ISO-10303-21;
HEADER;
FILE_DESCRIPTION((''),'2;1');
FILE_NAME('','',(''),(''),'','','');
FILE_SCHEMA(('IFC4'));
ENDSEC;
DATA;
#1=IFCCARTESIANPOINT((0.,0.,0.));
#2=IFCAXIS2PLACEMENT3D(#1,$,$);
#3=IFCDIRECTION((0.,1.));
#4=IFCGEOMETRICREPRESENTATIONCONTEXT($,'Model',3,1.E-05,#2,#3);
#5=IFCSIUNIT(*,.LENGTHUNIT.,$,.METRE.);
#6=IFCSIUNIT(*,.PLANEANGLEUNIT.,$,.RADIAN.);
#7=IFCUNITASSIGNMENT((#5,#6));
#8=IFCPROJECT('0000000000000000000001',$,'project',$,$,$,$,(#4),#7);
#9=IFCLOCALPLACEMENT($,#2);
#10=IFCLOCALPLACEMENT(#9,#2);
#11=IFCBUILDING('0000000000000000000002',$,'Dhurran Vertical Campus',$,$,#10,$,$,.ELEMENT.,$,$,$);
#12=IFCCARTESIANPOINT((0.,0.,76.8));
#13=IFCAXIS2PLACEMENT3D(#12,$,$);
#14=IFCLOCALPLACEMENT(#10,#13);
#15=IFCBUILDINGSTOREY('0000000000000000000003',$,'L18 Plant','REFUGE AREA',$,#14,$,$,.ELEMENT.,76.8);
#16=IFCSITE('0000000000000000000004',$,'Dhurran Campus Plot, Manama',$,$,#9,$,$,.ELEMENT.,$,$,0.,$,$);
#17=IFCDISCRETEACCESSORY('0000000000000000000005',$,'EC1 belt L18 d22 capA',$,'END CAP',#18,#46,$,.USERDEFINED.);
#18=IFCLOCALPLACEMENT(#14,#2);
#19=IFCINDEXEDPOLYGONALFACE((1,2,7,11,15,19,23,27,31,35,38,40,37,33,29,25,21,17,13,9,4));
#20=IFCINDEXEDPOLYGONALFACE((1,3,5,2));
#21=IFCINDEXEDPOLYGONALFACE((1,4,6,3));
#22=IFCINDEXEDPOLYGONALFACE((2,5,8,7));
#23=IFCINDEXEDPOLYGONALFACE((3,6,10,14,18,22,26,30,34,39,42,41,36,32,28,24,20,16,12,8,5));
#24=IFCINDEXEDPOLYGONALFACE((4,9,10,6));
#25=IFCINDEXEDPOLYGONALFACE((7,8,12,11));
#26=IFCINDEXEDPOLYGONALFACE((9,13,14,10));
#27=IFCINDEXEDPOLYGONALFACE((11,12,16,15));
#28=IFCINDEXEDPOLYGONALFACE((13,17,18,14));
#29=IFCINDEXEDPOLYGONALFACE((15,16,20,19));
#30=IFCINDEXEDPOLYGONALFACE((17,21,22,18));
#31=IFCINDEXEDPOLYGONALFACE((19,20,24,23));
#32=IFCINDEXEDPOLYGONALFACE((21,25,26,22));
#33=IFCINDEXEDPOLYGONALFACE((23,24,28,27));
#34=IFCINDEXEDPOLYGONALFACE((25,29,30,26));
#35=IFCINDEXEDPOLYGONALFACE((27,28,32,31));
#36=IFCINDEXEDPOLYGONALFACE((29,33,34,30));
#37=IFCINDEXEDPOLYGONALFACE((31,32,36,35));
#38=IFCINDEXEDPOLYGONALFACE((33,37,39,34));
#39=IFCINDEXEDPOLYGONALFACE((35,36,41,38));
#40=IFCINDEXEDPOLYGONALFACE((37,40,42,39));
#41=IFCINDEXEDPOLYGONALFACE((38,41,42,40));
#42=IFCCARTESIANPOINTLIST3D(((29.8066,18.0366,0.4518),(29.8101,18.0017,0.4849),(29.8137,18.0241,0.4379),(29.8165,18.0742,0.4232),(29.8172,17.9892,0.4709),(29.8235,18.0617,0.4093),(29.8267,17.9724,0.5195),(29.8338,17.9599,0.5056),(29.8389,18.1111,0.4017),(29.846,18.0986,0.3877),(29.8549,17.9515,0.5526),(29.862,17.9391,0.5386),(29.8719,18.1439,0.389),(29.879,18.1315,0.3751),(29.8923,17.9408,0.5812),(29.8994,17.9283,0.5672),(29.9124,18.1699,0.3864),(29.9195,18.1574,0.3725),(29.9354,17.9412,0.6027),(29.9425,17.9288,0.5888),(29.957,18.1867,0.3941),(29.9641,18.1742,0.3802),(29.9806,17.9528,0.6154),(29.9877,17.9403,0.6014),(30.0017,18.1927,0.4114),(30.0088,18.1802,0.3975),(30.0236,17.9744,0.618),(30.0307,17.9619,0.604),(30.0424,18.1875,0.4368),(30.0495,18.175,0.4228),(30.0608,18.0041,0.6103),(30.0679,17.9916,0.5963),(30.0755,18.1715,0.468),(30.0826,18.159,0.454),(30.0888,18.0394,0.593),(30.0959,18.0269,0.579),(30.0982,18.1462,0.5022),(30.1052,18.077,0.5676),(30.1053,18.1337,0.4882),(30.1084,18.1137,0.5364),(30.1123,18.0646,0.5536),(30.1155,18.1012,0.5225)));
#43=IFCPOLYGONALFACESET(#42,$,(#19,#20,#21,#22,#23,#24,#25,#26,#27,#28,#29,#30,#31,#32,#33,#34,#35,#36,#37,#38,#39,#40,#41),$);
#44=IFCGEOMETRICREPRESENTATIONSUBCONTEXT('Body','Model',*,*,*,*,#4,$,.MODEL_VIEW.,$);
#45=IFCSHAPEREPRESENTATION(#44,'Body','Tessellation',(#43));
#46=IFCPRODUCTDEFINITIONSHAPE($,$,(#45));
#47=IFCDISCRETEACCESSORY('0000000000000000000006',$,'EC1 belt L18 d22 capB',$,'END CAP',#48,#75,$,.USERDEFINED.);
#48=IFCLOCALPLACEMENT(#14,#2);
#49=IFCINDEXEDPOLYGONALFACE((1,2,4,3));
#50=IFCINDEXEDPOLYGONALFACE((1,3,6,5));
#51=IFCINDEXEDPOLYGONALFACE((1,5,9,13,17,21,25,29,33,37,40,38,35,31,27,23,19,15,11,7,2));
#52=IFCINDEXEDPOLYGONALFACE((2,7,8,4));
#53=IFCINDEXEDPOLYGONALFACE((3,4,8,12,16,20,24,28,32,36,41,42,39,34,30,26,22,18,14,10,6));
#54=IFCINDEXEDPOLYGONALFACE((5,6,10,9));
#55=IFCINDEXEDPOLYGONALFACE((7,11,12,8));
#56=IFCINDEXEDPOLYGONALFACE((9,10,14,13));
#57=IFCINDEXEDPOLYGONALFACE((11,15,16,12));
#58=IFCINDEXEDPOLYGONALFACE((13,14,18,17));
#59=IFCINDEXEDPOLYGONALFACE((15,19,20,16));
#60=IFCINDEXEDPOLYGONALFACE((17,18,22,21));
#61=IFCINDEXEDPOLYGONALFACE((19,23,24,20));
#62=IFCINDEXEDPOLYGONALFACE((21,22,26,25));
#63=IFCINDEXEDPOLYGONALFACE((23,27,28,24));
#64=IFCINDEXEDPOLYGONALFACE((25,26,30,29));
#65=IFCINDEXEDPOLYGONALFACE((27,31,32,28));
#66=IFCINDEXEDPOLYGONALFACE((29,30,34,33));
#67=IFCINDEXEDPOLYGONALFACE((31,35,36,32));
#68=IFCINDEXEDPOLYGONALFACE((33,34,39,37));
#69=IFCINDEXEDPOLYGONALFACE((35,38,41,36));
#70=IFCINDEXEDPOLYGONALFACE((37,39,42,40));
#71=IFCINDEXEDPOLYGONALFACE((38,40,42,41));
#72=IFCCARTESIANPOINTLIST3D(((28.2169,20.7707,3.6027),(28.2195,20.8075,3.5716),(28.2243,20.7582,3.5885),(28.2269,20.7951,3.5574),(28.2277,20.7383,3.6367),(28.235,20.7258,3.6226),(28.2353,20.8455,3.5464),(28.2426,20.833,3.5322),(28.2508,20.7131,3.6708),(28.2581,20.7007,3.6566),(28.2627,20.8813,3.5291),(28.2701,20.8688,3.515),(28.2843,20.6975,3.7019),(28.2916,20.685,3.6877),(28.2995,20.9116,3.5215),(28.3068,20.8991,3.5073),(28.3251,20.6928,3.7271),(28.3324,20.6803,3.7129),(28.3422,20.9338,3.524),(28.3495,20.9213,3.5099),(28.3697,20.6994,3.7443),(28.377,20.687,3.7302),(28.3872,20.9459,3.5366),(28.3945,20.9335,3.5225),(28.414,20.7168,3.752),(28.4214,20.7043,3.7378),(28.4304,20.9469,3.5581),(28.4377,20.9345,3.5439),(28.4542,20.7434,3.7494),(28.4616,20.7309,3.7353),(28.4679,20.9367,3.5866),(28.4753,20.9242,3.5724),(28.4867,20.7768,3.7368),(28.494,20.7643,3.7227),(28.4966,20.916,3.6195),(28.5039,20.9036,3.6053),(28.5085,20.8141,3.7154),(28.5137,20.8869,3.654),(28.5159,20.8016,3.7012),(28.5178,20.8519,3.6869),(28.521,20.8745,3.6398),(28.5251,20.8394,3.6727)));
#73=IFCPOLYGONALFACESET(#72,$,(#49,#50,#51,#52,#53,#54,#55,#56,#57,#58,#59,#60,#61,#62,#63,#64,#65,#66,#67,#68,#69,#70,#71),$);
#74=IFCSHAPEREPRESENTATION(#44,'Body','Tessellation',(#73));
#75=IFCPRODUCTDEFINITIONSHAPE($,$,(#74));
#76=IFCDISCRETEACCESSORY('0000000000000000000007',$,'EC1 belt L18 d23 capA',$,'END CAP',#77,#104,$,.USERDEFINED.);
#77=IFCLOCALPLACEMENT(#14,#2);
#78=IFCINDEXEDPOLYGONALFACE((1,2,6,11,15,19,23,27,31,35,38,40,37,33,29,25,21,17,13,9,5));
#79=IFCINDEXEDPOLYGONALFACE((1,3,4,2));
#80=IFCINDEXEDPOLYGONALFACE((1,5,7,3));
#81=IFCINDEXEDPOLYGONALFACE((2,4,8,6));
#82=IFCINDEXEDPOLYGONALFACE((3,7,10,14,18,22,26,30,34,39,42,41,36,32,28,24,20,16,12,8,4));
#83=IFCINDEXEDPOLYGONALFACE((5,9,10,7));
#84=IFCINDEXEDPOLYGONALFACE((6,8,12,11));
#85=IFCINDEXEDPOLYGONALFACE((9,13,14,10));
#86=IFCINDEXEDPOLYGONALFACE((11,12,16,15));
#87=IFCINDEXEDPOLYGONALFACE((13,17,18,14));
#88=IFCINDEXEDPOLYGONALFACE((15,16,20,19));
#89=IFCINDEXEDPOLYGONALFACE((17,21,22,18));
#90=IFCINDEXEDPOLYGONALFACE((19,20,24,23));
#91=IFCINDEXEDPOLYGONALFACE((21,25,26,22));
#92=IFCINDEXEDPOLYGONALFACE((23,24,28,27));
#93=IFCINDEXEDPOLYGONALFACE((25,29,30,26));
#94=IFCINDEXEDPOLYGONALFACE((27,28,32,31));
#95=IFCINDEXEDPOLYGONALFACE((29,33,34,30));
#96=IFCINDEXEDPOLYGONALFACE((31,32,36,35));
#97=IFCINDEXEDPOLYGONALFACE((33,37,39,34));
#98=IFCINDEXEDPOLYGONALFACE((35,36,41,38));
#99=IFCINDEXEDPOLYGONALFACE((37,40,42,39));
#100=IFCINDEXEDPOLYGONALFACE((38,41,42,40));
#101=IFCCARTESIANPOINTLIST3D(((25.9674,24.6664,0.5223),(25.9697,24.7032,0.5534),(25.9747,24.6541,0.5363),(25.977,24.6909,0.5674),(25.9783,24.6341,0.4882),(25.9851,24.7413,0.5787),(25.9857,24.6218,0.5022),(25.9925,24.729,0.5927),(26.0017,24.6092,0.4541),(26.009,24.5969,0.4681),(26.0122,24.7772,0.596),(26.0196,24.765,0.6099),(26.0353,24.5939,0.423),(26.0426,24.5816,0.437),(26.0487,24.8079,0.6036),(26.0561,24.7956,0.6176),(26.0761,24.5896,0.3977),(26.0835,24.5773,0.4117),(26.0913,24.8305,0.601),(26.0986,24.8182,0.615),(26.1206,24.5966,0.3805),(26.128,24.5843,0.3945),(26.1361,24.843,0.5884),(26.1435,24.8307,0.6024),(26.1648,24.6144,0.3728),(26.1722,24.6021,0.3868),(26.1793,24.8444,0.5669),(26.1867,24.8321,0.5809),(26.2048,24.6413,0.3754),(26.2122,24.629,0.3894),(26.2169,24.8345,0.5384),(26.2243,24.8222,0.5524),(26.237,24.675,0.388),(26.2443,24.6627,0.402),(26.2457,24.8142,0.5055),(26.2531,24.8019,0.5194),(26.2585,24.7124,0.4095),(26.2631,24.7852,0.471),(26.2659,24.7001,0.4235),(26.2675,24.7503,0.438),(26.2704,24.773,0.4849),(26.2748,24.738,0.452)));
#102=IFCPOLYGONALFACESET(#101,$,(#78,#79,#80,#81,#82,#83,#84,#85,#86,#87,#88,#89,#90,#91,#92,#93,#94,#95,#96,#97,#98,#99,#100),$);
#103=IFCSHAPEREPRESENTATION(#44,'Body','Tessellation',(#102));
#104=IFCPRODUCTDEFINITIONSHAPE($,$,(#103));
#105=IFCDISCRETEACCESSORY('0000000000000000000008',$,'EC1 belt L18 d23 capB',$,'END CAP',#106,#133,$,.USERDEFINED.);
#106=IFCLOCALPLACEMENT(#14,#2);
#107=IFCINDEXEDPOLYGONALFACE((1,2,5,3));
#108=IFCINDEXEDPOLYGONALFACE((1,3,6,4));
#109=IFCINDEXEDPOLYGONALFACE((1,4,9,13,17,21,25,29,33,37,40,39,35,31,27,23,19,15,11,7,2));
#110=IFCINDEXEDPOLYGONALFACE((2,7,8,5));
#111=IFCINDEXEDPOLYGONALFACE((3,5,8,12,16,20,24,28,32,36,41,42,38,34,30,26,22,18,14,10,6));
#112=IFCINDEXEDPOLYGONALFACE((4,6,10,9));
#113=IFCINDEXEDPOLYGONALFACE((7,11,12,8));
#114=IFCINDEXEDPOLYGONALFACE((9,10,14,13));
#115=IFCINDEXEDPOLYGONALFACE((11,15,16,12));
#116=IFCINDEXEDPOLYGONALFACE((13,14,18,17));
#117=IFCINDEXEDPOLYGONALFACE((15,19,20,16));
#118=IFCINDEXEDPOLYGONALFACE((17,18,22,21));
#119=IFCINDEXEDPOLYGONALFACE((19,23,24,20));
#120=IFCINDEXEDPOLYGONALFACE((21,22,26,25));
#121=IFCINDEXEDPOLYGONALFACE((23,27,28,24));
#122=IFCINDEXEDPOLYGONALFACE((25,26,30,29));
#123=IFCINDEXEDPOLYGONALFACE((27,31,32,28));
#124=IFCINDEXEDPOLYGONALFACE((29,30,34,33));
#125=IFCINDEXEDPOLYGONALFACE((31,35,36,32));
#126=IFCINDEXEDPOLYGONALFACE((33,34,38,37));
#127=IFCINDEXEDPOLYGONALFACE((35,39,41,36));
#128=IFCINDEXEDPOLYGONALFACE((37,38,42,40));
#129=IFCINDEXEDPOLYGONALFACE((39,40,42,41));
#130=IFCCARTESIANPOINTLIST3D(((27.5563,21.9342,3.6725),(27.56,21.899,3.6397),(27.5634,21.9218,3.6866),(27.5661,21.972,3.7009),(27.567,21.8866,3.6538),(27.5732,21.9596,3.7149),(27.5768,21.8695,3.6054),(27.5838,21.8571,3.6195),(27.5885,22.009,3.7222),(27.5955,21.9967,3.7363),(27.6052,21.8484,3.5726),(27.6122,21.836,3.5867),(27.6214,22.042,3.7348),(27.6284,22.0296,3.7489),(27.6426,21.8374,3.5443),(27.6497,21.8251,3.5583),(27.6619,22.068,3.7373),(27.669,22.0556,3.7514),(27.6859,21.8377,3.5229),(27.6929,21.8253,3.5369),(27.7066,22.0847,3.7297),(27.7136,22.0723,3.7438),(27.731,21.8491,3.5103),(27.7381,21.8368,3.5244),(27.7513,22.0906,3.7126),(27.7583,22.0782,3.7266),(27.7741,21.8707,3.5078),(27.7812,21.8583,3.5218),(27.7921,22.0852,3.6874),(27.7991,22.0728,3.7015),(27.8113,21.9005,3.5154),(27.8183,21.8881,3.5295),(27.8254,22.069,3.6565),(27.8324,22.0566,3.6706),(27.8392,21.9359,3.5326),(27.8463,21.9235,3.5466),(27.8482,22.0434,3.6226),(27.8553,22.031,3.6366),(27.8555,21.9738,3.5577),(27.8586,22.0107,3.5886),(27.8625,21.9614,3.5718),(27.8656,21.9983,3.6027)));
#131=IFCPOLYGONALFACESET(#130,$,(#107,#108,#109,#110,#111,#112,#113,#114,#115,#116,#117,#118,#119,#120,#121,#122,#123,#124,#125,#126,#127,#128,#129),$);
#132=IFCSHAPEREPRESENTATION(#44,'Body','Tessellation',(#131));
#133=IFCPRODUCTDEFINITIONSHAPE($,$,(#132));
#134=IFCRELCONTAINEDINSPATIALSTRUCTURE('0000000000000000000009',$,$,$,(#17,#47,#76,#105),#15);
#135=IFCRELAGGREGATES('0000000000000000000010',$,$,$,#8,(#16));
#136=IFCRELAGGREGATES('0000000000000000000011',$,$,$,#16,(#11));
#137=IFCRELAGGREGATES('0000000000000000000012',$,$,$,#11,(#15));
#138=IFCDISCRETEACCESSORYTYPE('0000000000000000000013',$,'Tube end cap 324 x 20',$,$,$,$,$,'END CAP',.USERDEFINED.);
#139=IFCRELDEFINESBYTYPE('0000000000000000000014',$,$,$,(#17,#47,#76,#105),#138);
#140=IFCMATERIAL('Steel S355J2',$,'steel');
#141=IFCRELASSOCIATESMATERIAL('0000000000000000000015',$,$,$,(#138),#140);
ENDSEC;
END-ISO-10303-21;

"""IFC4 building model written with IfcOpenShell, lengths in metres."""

from ifc_helpers import new_model, si_unit, direction, frame, origin, origin_2d, place, context, subcontext, project, spatial, circle, extrude, material, material_profile, profile_set, type_object, element, save


model = new_model("IFC4")

# Units and contexts
model_context = context("Model", 3, precision=1e-05, world=origin(), true_north=direction((0.0, 1.0)))
body_context = subcontext(model_context, "Body", "Model", "MODEL_VIEW")
ifc_project = project(units=[si_unit("LENGTHUNIT", "METRE"), si_unit("PLANEANGLEUNIT", "RADIAN")], contexts=[model_context])

# Site, building, storey
site_placement = place(None, origin())
site = spatial("IfcSite", under=ifc_project, at=site_placement, Name="Dhurran Campus Plot, Manama", CompositionType="ELEMENT", RefElevation=0.0)
building_placement = place(site_placement, origin())
building = spatial("IfcBuilding", under=site, at=building_placement, Name="Dhurran Vertical Campus", CompositionType="ELEMENT")
storey_placement = place(building_placement, frame((0.0, 0.0, 76.8)))
storey = spatial("IfcBuildingStorey", under=building, at=storey_placement, Name="L18 Plant", Description="REFUGE AREA", CompositionType="ELEMENT", Elevation=76.8)

# Discrete accessories
ifc_material_1 = material(Name="Steel S355J2", Category="steel")
ifc_material_profile_1 = material_profile(ifc_material_1, circle(Radius=0.1619, at=origin_2d()), Name="Tube end cap 324 x 20")
ifc_profile_set_1 = profile_set([ifc_material_profile_1], Name="Steel S355J2")
discrete_accessory_type = type_object("IfcDiscreteAccessoryType", Name="Tube end cap 324 x 20", ElementType="END CAP", PredefinedType="USERDEFINED", material=ifc_profile_set_1)
discrete_accessory_1_placement = place(storey_placement, frame((29.9575, 18.0662, 0.5022), z_axis=(0.35453, -0.623483, -0.696834), x_axis=(0.86929, 0.494302, 0.0)))
element("IfcDiscreteAccessory", 1, at=discrete_accessory_1_placement, inside=storey, type_object=discrete_accessory_type, Name="EC1 belt L18 d22 capA", ObjectType="END CAP", PredefinedType="USERDEFINED", context=body_context, shape_type="SweptSolid", body=[
    extrude(circle(Radius=0.1619, at=origin_2d()), origin(), (0.0, 0.0, 1.0), 0.02),
])
discrete_accessory_2_placement = place(storey_placement, frame((28.3745, 20.8079, 3.6226), z_axis=(-0.362077, 0.615531, 0.700016), x_axis=(-0.861934, -0.50702, 0.0)))
element("IfcDiscreteAccessory", 2, at=discrete_accessory_2_placement, inside=storey, type_object=discrete_accessory_type, Name="EC1 belt L18 d22 capB", ObjectType="END CAP", PredefinedType="USERDEFINED", context=body_context, shape_type="SweptSolid", body=[
    extrude(circle(Radius=0.1619, at=origin_2d()), origin(), (0.0, 0.0, 1.0), 0.0203),
])
for number, where, z_axis, x_axis, name in (
    (3, (26.1245, 24.7051, 0.5022), (-0.367911, 0.613185, -0.699031), (-0.857493, -0.514496, 0.0), "EC1 belt L18 d23 capA"),
    (4, (27.7075, 21.9634, 3.6226), (0.351522, -0.618193, 0.703043), (0.86929, 0.494302, 0.0), "EC1 belt L18 d23 capB"),
):
    element("IfcDiscreteAccessory", number, at=place(storey_placement, frame(where, z_axis=z_axis, x_axis=x_axis)), inside=storey, type_object=discrete_accessory_type, Name=name, ObjectType="END CAP", PredefinedType="USERDEFINED", context=body_context, shape_type="SweptSolid", body=[
        extrude(circle(Radius=0.1619, at=origin_2d()), origin(), (0.0, 0.0, 1.0), 0.02),
    ])

save(model, "model.ifc")
